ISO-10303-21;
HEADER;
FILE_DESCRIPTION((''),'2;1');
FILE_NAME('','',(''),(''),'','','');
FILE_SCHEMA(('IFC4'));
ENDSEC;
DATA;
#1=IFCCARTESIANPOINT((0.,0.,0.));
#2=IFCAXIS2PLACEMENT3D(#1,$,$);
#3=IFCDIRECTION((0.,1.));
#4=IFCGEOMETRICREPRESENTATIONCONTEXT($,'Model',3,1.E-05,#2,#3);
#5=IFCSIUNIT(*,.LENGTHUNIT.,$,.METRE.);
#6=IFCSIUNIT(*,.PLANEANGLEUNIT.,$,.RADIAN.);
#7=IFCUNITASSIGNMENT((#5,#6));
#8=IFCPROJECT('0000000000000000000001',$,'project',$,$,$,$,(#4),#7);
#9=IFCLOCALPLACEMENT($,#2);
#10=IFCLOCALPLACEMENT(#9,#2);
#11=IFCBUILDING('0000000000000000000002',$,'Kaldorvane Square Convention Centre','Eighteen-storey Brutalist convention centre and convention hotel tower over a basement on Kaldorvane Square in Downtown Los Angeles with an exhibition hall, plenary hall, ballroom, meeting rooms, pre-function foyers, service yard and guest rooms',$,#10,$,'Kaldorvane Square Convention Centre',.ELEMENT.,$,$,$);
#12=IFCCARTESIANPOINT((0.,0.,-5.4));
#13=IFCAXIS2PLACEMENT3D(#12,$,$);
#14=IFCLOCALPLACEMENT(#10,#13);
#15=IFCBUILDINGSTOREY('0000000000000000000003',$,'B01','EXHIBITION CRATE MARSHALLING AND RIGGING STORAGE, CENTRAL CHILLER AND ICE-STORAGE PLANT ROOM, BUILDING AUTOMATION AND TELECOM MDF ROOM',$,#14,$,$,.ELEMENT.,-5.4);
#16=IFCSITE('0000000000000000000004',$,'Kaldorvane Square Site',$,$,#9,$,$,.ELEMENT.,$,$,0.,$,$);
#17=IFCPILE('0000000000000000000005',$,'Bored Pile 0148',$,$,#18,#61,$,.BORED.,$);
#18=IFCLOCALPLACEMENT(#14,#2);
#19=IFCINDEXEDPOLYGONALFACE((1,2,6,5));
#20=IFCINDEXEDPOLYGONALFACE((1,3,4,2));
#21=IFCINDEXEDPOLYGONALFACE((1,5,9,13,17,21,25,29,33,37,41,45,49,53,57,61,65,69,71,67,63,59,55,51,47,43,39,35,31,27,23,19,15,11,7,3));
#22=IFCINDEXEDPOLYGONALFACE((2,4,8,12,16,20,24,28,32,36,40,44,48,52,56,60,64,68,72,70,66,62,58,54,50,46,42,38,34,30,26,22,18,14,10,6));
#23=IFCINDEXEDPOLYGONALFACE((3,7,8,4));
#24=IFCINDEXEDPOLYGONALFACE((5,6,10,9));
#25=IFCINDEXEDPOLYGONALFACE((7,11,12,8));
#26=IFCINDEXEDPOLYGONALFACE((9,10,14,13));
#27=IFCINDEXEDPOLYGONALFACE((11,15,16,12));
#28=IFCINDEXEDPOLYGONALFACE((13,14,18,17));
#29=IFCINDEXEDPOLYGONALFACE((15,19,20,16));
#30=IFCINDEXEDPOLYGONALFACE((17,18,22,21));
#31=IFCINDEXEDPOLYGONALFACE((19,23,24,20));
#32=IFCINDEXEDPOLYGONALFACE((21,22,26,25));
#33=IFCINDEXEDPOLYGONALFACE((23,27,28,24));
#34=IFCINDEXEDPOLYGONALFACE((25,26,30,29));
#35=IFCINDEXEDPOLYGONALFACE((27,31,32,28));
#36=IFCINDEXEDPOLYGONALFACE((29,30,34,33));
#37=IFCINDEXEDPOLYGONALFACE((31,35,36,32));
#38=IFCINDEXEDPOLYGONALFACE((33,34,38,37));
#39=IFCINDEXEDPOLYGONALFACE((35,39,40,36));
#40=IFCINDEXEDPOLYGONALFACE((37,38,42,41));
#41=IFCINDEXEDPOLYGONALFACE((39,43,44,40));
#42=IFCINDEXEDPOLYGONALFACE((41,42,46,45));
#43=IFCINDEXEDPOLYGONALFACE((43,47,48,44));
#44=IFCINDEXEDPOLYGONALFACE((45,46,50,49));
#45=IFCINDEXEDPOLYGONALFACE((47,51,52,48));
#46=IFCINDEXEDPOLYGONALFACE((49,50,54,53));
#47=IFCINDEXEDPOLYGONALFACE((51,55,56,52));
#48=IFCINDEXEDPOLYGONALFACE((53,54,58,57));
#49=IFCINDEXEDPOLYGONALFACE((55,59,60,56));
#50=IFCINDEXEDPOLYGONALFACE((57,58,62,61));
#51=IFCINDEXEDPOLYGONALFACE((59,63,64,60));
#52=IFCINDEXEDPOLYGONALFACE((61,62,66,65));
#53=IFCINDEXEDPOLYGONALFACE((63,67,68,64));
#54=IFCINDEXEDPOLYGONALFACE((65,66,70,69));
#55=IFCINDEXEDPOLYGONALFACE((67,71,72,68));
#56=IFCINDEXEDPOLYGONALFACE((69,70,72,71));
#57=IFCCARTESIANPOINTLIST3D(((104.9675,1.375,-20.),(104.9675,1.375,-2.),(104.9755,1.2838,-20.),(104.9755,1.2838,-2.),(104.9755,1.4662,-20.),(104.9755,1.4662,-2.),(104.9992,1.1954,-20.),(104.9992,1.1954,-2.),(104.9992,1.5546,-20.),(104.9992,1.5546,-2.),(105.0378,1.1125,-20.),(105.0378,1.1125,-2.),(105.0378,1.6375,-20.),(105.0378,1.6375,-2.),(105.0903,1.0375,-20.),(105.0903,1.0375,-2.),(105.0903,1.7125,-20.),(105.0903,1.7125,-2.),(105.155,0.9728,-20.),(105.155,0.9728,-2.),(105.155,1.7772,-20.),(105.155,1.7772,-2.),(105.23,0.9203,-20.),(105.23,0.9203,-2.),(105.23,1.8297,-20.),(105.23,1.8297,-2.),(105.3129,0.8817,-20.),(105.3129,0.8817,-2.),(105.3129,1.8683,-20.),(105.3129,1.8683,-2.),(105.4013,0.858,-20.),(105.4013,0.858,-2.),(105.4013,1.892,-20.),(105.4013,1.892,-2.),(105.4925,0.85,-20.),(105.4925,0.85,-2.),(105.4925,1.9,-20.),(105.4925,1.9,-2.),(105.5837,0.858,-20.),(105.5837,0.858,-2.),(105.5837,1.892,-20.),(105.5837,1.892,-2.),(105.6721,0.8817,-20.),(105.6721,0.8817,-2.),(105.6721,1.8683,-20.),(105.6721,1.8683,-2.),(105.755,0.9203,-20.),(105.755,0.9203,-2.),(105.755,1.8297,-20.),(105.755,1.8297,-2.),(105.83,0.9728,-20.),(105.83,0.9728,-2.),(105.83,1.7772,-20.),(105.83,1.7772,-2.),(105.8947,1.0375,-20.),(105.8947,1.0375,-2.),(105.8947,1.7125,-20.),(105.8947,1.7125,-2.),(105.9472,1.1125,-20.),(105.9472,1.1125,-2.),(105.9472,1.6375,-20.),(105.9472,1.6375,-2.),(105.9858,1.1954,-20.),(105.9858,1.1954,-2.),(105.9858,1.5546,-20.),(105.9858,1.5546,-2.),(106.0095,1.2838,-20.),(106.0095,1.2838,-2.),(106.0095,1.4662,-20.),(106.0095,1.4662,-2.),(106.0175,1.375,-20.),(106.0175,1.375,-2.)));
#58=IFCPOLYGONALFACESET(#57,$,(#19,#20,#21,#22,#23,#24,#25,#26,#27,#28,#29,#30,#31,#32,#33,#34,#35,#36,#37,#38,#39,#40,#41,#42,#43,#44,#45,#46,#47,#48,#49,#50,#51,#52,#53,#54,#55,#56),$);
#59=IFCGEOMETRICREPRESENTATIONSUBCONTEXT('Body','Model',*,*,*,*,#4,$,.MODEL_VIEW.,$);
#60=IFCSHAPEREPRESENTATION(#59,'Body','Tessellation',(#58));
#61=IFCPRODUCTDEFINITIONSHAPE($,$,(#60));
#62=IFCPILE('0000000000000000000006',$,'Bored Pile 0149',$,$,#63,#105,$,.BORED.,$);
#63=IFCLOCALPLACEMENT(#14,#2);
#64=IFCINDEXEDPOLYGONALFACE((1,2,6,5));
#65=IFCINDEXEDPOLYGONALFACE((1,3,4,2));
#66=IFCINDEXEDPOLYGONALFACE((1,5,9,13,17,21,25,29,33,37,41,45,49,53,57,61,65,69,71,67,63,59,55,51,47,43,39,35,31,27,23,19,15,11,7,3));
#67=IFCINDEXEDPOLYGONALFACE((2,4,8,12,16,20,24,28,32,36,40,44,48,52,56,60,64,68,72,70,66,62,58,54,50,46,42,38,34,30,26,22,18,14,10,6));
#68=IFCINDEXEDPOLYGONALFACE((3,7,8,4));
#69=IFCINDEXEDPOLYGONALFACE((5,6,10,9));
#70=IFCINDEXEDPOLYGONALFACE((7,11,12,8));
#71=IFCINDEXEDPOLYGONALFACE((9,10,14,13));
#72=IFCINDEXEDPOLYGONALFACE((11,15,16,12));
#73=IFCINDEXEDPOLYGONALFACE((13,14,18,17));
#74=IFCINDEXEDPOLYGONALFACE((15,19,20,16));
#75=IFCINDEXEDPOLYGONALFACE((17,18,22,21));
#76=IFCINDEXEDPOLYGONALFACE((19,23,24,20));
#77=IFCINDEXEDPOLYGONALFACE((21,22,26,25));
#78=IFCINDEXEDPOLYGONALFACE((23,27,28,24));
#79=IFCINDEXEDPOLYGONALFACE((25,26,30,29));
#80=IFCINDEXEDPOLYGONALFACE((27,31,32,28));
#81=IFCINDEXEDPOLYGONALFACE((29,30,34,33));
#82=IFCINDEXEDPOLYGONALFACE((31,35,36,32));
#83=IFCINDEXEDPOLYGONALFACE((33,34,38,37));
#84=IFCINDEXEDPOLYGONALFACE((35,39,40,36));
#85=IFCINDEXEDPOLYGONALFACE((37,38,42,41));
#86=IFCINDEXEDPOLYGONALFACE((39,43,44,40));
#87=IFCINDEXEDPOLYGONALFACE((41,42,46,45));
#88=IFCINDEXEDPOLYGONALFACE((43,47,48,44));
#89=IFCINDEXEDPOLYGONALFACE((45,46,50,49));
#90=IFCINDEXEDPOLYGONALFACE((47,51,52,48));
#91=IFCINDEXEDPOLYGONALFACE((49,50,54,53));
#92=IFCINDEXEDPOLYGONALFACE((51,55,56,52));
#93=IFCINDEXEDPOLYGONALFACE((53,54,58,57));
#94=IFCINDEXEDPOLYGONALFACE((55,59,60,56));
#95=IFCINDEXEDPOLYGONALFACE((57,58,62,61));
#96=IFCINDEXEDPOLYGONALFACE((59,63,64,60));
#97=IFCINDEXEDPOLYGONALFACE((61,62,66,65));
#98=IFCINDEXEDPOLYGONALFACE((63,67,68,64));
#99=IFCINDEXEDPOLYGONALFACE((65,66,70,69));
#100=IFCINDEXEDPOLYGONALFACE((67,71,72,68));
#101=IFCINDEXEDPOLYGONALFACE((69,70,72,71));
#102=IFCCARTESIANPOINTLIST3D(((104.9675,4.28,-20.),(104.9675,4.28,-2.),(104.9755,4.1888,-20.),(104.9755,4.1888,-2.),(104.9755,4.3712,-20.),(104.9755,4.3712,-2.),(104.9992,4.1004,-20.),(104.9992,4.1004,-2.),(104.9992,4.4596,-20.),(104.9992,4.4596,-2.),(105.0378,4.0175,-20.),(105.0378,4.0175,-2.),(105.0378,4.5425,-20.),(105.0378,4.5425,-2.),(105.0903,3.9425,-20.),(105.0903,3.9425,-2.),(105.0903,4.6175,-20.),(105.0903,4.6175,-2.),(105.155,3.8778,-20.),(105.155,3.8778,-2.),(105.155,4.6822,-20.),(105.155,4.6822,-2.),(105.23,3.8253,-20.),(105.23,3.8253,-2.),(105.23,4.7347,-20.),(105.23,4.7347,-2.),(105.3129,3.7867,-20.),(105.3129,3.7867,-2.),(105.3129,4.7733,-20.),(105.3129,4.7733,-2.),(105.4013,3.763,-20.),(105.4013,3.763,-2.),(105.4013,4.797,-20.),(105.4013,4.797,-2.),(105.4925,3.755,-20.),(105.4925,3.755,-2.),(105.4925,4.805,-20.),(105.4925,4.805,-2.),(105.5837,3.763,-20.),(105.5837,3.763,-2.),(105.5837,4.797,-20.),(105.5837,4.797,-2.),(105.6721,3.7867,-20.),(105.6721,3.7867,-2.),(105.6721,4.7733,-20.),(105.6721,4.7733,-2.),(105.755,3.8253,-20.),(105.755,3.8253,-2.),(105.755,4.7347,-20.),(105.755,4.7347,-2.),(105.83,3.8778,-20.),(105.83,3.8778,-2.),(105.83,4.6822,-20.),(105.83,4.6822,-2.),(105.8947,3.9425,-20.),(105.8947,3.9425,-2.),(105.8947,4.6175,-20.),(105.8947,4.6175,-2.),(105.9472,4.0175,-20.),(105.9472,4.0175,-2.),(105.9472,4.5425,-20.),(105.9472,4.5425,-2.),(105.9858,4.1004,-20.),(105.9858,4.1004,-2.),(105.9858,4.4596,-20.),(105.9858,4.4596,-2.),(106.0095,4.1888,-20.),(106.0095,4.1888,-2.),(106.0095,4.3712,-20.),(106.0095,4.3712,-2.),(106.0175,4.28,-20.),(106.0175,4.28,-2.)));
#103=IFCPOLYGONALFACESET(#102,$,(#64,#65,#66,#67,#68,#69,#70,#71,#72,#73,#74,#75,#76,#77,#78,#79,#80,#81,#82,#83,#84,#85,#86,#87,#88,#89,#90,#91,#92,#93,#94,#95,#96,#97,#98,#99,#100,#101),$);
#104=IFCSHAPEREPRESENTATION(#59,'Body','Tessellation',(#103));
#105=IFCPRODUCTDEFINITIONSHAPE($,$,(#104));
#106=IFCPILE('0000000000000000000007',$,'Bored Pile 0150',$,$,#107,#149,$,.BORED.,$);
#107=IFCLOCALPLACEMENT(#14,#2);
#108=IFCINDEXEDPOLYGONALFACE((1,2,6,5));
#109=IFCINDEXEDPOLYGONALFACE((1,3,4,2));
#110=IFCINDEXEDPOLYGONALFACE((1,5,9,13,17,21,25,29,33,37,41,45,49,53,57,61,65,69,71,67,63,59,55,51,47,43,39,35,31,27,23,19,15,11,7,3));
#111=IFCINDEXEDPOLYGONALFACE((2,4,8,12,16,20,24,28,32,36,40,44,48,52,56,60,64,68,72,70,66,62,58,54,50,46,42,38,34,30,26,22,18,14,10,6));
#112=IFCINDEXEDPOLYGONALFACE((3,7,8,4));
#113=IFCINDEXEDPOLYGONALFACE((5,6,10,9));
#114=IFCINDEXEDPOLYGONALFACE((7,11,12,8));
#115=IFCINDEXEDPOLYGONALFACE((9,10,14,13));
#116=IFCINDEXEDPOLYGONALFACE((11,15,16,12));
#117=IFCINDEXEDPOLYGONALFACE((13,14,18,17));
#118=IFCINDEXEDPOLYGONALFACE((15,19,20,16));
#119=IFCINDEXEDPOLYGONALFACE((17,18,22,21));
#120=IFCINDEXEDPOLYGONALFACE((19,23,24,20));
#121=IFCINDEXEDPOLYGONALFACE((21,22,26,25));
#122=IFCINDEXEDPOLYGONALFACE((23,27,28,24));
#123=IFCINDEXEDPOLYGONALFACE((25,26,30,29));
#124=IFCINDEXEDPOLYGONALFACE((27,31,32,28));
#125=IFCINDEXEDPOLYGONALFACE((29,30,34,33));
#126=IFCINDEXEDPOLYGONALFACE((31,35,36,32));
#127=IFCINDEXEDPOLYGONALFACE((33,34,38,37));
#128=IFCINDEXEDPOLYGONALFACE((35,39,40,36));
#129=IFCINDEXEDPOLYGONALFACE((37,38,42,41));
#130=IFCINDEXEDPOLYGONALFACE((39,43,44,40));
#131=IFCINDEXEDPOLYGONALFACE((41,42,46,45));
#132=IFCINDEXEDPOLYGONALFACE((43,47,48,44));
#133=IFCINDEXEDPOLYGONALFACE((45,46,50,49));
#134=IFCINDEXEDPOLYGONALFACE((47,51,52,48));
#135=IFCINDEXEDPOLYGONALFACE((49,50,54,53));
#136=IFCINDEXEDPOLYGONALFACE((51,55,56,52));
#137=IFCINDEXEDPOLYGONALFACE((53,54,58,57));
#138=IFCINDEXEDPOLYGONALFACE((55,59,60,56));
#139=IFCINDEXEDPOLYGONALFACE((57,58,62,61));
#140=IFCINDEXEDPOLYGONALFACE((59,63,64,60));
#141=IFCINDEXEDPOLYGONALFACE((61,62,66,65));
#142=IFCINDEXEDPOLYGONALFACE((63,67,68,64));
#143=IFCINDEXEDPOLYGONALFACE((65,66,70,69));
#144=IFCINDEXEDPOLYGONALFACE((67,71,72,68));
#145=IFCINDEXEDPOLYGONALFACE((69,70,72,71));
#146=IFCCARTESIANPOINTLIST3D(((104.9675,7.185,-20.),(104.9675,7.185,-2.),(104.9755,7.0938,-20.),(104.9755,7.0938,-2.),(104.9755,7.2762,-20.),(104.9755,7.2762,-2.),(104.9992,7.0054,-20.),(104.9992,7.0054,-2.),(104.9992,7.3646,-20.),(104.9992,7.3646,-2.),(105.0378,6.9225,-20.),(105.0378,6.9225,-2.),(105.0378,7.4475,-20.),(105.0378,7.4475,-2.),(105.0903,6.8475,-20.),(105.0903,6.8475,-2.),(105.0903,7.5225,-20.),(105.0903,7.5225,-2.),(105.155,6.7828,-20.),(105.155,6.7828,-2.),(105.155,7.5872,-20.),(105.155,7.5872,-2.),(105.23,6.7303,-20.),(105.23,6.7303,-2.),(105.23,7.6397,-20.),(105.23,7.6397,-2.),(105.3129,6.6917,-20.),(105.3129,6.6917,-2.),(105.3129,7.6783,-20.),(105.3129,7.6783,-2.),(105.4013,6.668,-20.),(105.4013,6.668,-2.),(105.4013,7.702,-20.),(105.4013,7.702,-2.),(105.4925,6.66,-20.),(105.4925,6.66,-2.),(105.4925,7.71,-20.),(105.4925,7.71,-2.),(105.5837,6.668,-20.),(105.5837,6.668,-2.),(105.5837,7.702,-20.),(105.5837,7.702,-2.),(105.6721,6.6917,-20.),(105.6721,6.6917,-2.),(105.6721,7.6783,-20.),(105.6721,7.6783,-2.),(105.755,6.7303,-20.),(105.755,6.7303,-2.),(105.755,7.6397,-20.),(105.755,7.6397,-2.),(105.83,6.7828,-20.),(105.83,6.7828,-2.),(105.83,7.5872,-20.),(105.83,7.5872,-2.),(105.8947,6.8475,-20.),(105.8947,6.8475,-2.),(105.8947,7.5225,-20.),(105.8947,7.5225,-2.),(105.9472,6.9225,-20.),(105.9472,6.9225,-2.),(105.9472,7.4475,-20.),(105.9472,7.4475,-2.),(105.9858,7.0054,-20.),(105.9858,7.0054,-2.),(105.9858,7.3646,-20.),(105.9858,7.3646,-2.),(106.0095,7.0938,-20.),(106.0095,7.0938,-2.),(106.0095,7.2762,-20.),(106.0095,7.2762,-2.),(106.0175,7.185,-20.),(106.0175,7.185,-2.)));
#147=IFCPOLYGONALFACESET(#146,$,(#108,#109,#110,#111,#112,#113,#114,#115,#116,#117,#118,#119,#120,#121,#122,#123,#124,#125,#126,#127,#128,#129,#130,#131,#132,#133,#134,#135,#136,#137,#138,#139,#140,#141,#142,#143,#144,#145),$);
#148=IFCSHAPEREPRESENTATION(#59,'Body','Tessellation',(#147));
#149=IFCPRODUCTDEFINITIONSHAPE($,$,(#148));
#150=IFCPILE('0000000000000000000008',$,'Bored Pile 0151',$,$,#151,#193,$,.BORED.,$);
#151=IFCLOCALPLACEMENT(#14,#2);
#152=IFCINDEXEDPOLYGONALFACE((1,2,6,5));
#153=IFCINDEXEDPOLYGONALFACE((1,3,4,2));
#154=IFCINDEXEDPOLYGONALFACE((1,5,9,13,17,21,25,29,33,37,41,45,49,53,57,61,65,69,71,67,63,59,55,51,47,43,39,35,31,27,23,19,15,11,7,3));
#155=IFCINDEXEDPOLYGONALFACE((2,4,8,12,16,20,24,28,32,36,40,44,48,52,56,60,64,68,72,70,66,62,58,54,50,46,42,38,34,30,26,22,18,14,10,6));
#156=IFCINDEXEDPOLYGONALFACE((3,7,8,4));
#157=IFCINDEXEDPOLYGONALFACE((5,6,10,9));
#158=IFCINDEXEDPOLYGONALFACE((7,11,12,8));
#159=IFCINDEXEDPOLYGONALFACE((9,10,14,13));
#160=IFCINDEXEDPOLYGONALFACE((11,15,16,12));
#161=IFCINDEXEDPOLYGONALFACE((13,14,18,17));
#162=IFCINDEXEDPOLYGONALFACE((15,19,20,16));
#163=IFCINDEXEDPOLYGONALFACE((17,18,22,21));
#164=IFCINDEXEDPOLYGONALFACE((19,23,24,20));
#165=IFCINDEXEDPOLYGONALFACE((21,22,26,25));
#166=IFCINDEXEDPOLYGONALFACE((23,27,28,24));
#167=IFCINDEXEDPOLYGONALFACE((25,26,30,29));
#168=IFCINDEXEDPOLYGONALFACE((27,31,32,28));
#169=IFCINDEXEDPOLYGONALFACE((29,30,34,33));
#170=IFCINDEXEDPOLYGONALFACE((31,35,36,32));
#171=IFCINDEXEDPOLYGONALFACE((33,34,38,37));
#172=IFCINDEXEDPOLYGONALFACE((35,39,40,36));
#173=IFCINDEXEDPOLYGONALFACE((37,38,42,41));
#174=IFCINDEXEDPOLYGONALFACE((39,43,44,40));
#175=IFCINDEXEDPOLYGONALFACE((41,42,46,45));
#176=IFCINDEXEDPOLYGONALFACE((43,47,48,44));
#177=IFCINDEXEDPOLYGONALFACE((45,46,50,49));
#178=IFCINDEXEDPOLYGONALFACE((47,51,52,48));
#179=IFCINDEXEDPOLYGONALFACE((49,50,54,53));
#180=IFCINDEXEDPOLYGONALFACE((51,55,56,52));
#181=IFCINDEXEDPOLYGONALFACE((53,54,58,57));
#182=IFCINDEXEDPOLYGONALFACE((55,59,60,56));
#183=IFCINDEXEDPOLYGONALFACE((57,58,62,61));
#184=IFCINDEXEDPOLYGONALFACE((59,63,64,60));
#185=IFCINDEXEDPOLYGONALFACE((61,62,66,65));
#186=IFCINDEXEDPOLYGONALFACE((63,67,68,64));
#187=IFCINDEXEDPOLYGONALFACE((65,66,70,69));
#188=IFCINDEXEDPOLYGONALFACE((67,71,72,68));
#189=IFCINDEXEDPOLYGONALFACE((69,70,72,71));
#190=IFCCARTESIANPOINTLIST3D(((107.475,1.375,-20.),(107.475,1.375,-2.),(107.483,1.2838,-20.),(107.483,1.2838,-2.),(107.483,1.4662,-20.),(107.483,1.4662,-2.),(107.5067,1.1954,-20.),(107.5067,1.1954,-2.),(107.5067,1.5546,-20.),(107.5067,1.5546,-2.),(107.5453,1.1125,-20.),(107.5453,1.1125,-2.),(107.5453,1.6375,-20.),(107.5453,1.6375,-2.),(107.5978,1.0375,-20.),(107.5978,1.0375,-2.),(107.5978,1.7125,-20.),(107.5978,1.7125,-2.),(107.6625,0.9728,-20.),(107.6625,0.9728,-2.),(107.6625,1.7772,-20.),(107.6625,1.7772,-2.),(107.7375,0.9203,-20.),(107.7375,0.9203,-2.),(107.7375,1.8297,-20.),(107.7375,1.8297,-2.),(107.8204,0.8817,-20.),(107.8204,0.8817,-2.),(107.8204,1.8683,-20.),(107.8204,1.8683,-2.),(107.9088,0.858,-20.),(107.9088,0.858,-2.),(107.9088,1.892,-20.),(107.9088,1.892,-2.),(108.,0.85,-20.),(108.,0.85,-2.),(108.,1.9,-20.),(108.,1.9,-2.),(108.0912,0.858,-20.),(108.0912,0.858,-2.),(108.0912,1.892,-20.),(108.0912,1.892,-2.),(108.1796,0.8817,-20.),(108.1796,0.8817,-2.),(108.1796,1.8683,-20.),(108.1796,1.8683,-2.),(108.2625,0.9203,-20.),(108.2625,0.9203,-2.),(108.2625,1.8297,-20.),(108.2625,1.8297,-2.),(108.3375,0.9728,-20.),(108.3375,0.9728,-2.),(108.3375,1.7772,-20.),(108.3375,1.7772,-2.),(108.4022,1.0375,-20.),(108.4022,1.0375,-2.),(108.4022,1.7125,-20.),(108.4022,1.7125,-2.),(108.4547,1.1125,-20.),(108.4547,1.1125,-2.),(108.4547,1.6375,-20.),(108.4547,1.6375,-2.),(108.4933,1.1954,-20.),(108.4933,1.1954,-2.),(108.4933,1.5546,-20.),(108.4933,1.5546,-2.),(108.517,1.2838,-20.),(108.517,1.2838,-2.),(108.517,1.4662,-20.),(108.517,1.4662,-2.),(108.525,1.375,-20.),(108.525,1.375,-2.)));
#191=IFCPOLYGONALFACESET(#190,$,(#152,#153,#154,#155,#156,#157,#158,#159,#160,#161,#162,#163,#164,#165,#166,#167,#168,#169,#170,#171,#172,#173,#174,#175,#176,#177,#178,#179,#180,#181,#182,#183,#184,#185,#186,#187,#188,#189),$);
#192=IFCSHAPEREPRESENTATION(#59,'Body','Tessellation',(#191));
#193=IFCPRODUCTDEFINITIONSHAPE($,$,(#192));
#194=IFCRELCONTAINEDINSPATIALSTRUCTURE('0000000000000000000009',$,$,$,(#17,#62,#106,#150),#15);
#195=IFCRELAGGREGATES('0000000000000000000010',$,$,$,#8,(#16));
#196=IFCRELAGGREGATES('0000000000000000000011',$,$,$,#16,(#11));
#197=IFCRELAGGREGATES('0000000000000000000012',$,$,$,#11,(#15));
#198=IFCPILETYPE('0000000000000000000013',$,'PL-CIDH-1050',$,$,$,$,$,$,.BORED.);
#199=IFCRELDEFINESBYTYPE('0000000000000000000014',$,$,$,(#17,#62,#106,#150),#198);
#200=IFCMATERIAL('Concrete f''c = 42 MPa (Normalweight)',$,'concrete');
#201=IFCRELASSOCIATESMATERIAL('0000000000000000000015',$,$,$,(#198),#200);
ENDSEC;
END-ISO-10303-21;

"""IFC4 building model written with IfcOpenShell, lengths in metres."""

from ifc_helpers import new_model, si_unit, direction, frame, origin, origin_2d, place, context, subcontext, project, spatial, circle, extrude, material, material_profile, profile_set, type_object, element, save


model = new_model("IFC4")

# Units and contexts
model_context = context("Model", 3, precision=1e-05, world=origin(), true_north=direction((0.0, 1.0)))
body_context = subcontext(model_context, "Body", "Model", "MODEL_VIEW")
ifc_project = project(units=[si_unit("LENGTHUNIT", "METRE"), si_unit("PLANEANGLEUNIT", "RADIAN")], contexts=[model_context])

# Site, building, storey
site_placement = place(None, origin())
site = spatial("IfcSite", under=ifc_project, at=site_placement, Name="Kaldorvane Square Site", CompositionType="ELEMENT", RefElevation=0.0)
building_placement = place(site_placement, origin())
building = spatial("IfcBuilding", under=site, at=building_placement, Name="Kaldorvane Square Convention Centre", Description="Eighteen-storey Brutalist convention centre and convention hotel tower over a basement on Kaldorvane Square in Downtown Los Angeles with an exhibition hall, plenary hall, ballroom, meeting rooms, pre-function foyers, service yard and guest rooms", LongName="Kaldorvane Square Convention Centre", CompositionType="ELEMENT")
storey_placement = place(building_placement, frame((0.0, 0.0, -5.4)))
storey = spatial("IfcBuildingStorey", under=building, at=storey_placement, Name="B01", Description="EXHIBITION CRATE MARSHALLING AND RIGGING STORAGE, CENTRAL CHILLER AND ICE-STORAGE PLANT ROOM, BUILDING AUTOMATION AND TELECOM MDF ROOM", CompositionType="ELEMENT", Elevation=-5.4)

# Shared definitions
ifc_material_1 = material(Name="Concrete f'c = 42 MPa (Normalweight)", Category="concrete")

# Piles
ifc_material_profile_1 = material_profile(ifc_material_1, circle(Radius=0.525, at=origin_2d()), Name="PILE-D1050")
ifc_profile_set_1 = profile_set([ifc_material_profile_1], Name="Concrete f'c = 42 MPa (Normalweight)")
pile_type_1 = type_object("IfcPileType", Name="PL-CIDH-1050", PredefinedType="BORED", material=ifc_profile_set_1)
for number, where, z_axis, x_axis, name in (
    (1, (105.4925, 1.375, -2.0), (0.0, 0.0, -1.0), (1.0, 0.0, 0.0), "Bored Pile 0148"),
    (2, (105.4925, 4.28, -2.0), (0.0, 0.0, -1.0), (1.0, 0.0, 0.0), "Bored Pile 0149"),
    (3, (105.4925, 7.185, -2.0), (0.0, 0.0, -1.0), (1.0, 0.0, 0.0), "Bored Pile 0150"),
    (4, (108.0, 1.375, -2.0), (0.0, 0.0, -1.0), (1.0, 0.0, 0.0), "Bored Pile 0151"),
):
    element("IfcPile", number, at=place(storey_placement, frame(where, z_axis=z_axis, x_axis=x_axis)), inside=storey, type_object=pile_type_1, Name=name, PredefinedType="BORED", context=body_context, shape_type="SweptSolid", body=[
        extrude(circle(Radius=0.525, at=origin_2d()), origin(), (0.0, 0.0, 1.0), 18.0),
    ])

save(model, "model.ifc")
